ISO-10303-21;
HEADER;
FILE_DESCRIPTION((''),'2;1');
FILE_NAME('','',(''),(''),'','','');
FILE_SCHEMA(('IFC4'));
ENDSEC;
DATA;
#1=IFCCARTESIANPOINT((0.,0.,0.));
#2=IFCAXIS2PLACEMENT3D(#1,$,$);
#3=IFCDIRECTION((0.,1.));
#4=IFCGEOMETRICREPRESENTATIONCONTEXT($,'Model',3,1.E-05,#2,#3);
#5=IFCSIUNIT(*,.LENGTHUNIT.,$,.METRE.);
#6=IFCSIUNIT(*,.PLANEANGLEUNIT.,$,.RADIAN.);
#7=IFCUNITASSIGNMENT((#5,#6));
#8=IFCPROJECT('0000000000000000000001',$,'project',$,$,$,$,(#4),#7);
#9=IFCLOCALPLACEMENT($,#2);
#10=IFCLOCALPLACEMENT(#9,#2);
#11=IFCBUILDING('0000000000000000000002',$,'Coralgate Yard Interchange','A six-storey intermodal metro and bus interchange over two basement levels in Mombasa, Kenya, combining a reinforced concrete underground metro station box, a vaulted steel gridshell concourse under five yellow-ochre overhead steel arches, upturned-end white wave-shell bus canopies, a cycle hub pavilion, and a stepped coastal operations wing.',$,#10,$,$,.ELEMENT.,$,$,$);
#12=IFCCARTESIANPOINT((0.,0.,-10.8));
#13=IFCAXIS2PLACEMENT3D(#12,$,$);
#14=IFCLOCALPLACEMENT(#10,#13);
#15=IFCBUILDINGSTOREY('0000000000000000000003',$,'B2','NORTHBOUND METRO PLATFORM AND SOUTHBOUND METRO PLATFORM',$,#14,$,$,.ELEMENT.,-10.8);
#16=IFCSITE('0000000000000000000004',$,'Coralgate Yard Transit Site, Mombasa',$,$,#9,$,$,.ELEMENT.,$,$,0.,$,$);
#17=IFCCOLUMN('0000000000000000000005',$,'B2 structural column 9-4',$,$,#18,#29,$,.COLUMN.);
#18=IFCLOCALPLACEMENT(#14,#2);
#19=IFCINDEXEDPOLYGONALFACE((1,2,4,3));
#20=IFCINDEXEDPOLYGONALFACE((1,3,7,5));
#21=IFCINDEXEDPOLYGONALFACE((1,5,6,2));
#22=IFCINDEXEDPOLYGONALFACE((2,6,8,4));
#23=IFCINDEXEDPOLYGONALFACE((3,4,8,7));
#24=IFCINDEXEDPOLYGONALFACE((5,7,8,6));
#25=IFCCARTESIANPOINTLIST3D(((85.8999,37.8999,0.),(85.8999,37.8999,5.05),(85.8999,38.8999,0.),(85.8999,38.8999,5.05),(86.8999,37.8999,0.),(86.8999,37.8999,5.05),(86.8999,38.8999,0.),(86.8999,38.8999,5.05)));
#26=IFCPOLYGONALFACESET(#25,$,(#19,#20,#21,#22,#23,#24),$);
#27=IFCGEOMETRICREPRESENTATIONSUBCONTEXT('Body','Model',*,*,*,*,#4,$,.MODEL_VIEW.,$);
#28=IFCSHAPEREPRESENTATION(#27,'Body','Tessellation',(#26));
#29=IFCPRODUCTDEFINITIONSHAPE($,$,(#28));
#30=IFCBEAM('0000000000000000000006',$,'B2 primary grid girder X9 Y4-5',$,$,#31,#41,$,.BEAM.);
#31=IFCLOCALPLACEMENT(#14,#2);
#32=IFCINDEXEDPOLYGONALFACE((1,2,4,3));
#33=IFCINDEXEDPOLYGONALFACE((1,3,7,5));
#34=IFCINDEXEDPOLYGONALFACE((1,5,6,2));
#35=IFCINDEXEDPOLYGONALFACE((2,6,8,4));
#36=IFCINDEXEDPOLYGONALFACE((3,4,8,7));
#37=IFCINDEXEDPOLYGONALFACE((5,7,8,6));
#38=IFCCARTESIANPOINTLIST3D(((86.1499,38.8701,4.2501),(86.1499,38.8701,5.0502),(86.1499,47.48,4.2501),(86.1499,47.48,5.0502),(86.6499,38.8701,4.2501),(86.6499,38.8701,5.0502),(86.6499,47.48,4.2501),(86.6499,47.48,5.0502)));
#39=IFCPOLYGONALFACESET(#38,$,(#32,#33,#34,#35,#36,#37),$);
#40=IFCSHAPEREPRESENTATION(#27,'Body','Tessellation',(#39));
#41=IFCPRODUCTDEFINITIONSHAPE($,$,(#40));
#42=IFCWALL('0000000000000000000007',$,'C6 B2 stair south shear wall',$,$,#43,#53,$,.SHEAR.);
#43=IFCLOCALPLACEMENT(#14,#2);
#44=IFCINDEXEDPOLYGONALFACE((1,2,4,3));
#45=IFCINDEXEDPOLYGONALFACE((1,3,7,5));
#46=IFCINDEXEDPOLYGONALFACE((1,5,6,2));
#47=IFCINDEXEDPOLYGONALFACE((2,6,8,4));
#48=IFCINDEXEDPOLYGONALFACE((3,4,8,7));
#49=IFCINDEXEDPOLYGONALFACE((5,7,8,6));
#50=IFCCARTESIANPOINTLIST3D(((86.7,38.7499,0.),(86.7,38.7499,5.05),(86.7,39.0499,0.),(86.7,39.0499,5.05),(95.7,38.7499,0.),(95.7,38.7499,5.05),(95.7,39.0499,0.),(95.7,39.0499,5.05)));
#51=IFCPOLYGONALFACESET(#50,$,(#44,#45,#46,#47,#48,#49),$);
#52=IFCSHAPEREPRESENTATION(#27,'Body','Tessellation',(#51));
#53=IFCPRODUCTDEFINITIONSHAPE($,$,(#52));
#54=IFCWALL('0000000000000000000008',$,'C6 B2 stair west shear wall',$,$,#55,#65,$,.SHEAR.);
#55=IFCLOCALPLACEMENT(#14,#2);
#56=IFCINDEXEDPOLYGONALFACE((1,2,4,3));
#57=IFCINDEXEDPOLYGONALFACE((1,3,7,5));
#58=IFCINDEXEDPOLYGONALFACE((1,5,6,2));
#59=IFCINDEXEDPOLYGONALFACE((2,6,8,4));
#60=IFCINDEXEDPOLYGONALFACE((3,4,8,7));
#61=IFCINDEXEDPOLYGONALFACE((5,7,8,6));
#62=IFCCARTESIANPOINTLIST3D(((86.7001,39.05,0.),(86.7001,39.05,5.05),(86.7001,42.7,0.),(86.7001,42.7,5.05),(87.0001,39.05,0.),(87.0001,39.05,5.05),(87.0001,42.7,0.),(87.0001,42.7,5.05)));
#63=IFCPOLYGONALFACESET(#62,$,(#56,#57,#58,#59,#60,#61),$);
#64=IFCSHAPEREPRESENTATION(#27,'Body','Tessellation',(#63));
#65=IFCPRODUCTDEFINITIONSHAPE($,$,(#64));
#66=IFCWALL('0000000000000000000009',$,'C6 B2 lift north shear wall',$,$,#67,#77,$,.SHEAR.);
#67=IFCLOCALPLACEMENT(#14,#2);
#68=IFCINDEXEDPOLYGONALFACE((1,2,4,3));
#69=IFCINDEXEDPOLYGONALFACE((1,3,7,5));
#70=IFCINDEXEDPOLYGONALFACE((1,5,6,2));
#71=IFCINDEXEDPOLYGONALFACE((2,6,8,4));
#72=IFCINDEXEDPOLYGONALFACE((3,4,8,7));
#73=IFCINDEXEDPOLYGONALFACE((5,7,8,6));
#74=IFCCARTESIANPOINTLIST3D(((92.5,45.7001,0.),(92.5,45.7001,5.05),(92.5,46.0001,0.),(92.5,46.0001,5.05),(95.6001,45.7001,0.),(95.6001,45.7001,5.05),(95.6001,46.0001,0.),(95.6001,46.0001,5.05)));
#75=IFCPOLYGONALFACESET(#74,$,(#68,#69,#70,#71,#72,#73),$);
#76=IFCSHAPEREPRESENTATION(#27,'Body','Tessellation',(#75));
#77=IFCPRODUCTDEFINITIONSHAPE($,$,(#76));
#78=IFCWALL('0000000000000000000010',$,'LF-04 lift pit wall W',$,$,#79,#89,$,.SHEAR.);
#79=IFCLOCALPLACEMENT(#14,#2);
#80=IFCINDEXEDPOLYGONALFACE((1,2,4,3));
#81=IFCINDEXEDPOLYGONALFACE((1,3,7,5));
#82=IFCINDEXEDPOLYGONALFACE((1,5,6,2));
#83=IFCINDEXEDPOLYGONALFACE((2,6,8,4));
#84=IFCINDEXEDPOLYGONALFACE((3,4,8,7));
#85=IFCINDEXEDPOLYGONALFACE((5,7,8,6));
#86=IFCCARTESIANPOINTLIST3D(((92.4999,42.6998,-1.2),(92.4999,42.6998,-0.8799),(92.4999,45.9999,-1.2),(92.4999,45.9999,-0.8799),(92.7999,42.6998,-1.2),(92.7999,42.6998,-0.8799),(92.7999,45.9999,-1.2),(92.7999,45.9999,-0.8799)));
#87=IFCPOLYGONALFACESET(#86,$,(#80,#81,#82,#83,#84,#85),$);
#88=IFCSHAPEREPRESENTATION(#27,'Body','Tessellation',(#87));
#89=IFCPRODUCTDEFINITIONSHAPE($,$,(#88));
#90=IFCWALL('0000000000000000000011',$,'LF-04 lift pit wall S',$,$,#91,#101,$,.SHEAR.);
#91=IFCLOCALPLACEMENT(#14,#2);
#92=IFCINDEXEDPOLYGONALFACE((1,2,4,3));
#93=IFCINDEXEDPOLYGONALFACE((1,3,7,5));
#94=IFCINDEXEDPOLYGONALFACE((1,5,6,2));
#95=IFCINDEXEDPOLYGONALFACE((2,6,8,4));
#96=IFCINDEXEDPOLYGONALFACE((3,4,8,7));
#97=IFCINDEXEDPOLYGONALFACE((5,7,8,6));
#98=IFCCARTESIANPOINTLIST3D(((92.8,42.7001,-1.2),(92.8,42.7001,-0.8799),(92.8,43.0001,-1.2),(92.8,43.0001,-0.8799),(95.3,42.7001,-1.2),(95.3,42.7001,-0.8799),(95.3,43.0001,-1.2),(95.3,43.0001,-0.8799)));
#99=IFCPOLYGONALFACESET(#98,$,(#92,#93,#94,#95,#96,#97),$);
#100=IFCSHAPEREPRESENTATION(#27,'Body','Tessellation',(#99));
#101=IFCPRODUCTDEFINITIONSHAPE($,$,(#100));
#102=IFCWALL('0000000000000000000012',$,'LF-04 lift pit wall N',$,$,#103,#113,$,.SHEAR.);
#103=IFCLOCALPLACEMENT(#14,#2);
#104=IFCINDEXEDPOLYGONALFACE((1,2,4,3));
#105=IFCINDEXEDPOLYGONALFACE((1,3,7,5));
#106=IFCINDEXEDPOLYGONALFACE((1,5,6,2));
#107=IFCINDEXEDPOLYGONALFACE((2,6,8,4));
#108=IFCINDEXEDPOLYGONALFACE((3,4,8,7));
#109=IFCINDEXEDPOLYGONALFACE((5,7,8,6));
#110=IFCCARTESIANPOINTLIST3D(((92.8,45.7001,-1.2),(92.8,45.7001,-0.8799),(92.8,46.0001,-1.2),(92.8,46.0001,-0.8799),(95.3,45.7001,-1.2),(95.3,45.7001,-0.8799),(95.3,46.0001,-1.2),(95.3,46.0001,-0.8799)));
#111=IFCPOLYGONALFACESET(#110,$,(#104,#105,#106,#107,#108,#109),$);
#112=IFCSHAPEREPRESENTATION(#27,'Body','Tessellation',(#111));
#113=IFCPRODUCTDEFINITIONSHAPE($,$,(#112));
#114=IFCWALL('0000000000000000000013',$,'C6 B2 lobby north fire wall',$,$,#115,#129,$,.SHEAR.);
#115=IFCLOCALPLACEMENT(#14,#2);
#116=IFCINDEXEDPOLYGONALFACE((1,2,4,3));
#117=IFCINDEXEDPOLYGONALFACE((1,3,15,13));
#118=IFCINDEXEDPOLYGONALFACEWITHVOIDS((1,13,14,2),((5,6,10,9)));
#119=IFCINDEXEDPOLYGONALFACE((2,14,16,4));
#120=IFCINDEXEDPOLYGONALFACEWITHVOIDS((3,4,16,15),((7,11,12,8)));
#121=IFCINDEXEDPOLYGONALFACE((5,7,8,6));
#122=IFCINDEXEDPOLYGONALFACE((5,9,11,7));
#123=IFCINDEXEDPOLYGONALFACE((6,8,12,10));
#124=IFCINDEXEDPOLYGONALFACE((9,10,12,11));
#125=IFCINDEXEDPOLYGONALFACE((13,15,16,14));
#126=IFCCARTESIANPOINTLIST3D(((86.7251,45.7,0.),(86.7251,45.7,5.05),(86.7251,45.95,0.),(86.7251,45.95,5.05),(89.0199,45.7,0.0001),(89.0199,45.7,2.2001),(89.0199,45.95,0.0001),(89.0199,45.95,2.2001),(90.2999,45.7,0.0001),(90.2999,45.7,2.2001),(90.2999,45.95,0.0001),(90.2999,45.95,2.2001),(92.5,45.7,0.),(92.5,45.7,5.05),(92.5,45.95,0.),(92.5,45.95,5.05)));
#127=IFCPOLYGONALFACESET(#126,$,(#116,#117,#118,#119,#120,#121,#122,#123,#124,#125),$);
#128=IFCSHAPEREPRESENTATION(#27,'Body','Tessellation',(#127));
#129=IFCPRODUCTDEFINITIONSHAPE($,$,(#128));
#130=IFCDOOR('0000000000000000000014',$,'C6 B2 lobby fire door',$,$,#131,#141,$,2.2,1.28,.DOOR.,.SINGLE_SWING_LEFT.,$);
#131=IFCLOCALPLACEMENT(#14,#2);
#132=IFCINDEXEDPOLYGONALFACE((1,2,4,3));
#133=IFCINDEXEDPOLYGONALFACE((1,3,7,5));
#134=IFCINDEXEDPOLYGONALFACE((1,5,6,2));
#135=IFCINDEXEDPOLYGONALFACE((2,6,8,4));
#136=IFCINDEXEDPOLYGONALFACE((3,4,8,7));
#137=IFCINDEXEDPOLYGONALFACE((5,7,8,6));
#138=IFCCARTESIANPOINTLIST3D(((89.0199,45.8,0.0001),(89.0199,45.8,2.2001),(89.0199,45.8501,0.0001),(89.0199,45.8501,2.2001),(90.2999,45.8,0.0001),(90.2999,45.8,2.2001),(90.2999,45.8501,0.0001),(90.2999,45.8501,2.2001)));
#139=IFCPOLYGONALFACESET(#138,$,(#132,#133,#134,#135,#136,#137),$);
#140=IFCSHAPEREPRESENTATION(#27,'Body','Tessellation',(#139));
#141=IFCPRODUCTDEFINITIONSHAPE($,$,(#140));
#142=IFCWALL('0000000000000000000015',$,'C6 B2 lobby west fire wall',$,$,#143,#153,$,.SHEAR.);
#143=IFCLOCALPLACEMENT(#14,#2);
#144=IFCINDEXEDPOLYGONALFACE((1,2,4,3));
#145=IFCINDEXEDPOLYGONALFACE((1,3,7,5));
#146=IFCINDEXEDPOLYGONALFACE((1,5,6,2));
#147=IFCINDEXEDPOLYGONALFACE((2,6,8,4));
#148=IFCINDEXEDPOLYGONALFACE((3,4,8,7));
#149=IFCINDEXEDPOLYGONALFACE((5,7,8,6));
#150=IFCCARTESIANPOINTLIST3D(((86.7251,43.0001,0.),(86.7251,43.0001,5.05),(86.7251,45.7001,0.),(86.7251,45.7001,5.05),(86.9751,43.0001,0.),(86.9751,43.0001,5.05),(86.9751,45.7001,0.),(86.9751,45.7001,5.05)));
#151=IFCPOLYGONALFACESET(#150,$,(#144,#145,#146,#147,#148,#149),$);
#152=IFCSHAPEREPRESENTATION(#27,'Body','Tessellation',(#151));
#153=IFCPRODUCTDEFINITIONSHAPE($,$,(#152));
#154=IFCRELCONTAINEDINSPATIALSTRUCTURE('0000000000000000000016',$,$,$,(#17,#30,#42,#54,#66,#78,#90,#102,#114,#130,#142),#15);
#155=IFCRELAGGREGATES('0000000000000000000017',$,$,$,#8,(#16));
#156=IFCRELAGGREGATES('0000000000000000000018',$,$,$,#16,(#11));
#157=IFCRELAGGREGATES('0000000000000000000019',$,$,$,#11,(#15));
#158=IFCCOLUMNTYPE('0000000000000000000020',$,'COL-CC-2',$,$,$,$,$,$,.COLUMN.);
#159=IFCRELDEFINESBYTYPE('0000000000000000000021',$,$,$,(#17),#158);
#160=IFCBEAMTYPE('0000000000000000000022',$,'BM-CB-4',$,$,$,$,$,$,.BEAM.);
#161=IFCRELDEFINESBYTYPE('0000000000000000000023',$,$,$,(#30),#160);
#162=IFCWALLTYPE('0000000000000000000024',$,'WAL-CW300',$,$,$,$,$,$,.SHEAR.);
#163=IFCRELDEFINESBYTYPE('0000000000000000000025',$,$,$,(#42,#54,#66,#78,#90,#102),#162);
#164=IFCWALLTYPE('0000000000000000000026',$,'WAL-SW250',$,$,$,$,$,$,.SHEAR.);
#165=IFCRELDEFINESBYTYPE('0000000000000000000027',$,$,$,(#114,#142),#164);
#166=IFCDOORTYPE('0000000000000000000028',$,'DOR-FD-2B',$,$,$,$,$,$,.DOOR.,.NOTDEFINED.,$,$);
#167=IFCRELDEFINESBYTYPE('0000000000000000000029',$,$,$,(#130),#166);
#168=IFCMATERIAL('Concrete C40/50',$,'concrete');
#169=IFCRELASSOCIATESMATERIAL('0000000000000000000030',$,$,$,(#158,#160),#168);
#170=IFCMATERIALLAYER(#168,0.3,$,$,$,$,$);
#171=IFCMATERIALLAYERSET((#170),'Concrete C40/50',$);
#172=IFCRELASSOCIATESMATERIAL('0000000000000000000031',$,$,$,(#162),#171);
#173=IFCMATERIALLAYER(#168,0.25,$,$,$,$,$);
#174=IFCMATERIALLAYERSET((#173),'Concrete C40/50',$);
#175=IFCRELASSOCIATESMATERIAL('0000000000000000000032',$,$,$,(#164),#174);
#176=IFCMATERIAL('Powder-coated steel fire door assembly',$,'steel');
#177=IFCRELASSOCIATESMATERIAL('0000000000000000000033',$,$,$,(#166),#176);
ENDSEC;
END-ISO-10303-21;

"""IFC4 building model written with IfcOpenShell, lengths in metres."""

from ifc_helpers import new_model, si_unit, direction, frame, frame_2d, origin, origin_2d, place, context, subcontext, project, spatial, rectangle, extrude, material, layer, layer_set, material_profile, profile_set, type_object, element, fill, save


model = new_model("IFC4")

# Units and contexts
model_context = context("Model", 3, precision=1e-05, world=origin(), true_north=direction((0.0, 1.0)))
body_context = subcontext(model_context, "Body", "Model", "MODEL_VIEW")
ifc_project = project(units=[si_unit("LENGTHUNIT", "METRE"), si_unit("PLANEANGLEUNIT", "RADIAN")], contexts=[model_context])

# Site, building, storey
site_placement = place(None, origin())
site = spatial("IfcSite", under=ifc_project, at=site_placement, Name="Coralgate Yard Transit Site, Mombasa", CompositionType="ELEMENT", RefElevation=0.0)
building_placement = place(site_placement, origin())
building = spatial("IfcBuilding", under=site, at=building_placement, Name="Coralgate Yard Interchange", Description="A six-storey intermodal metro and bus interchange over two basement levels in Mombasa, Kenya, combining a reinforced concrete underground metro station box, a vaulted steel gridshell concourse under five yellow-ochre overhead steel arches, upturned-end white wave-shell bus canopies, a cycle hub pavilion, and a stepped coastal operations wing.", CompositionType="ELEMENT")
storey_placement = place(building_placement, frame((0.0, 0.0, -10.8)))
storey = spatial("IfcBuildingStorey", under=building, at=storey_placement, Name="B2", Description="NORTHBOUND METRO PLATFORM AND SOUTHBOUND METRO PLATFORM", CompositionType="ELEMENT", Elevation=-10.8)

# Column
ifc_material_1 = material(Name="Concrete C40/50", Category="concrete")
ifc_material_profile_1 = material_profile(ifc_material_1, rectangle(XDim=1.0, YDim=1.0, at=origin_2d()), Name="RC 1000x1000")
ifc_profile_set_1 = profile_set([ifc_material_profile_1], Name="Concrete C40/50")
column_type = type_object("IfcColumnType", Name="COL-CC-2", PredefinedType="COLUMN", material=ifc_profile_set_1)
column_placement = place(storey_placement, frame((86.3999, 38.3999, 0.0), z_axis=(0.0, 0.0, 1.0), x_axis=(1.0, 0.0, 0.0)))
element("IfcColumn", 1, at=column_placement, inside=storey, type_object=column_type, Name="B2 structural column 9-4", PredefinedType="COLUMN", context=body_context, shape_type="SweptSolid", body=[
    extrude(rectangle(XDim=1.0, YDim=1.0, at=origin_2d()), origin(), (0.0, 0.0, 1.0), 5.05),
])

# Beam
ifc_material_profile_2 = material_profile(ifc_material_1, rectangle(XDim=0.5, YDim=0.8, at=origin_2d()), Name="RC 500x800")
ifc_profile_set_2 = profile_set([ifc_material_profile_2], Name="Concrete C40/50")
beam_type = type_object("IfcBeamType", Name="BM-CB-4", PredefinedType="BEAM", material=ifc_profile_set_2)
beam_placement = place(storey_placement, frame((86.3999, 38.8701, 4.6501), z_axis=(0.0, 1.0, 0.0), x_axis=(-1.0, 0.0, 0.0)))
element("IfcBeam", 2, at=beam_placement, inside=storey, type_object=beam_type, Name="B2 primary grid girder X9 Y4-5", PredefinedType="BEAM", context=body_context, shape_type="SweptSolid", body=[
    extrude(rectangle(XDim=0.5, YDim=0.8, at=origin_2d()), origin(), (0.0, 0.0, 1.0), 8.6099),
])

# Walls
ifc_layer_1 = layer(ifc_material_1, 0.3)
ifc_layer_set_1 = layer_set([ifc_layer_1], Name="Concrete C40/50")
wall_type_1 = type_object("IfcWallType", Name="WAL-CW300", PredefinedType="SHEAR", material=ifc_layer_set_1)
wall_1_placement = place(storey_placement, frame((86.7, 38.8999, 0.0), z_axis=(0.0, 0.0, 1.0), x_axis=(1.0, 0.0, 0.0)))
element("IfcWall", 3, at=wall_1_placement, inside=storey, type_object=wall_type_1, Name="C6 B2 stair south shear wall", PredefinedType="SHEAR", context=body_context, shape_type="SweptSolid", body=[
    extrude(rectangle(XDim=9.0, YDim=0.3, at=frame_2d((4.5, 0.0))), origin(), (0.0, 0.0, 1.0), 5.05),
])
wall_2_placement = place(storey_placement, frame((86.8501, 39.05, 0.0), z_axis=(0.0, 0.0, 1.0), x_axis=(0.0, 1.0, 0.0)))
element("IfcWall", 4, at=wall_2_placement, inside=storey, type_object=wall_type_1, Name="C6 B2 stair west shear wall", PredefinedType="SHEAR", context=body_context, shape_type="SweptSolid", body=[
    extrude(rectangle(XDim=3.6499, YDim=0.3, at=frame_2d((1.825, 0.0))), origin(), (0.0, 0.0, 1.0), 5.05),
])

# Walls
wall_3_placement = place(storey_placement, frame((92.5, 45.8501, 0.0), z_axis=(0.0, 0.0, 1.0), x_axis=(1.0, 0.0, 0.0)))
element("IfcWall", 5, at=wall_3_placement, inside=storey, type_object=wall_type_1, Name="C6 B2 lift north shear wall", PredefinedType="SHEAR", context=body_context, shape_type="SweptSolid", body=[
    extrude(rectangle(XDim=3.1001, YDim=0.3, at=frame_2d((1.55, 0.0))), origin(), (0.0, 0.0, 1.0), 5.05),
])
wall_4_placement = place(storey_placement, frame((92.6499, 42.7, -1.2), z_axis=(0.0, 0.0, 1.0), x_axis=(0.0, 1.0, 0.0)))
element("IfcWall", 6, at=wall_4_placement, inside=storey, type_object=wall_type_1, Name="LF-04 lift pit wall W", PredefinedType="SHEAR", context=body_context, shape_type="SweptSolid", body=[
    extrude(rectangle(XDim=3.3, YDim=0.3, at=frame_2d((1.6499, 0.0))), origin(), (0.0, 0.0, 1.0), 0.3201),
])
for number, where, z_axis, x_axis, name in (
    (7, (92.8, 42.8501, -1.2), (0.0, 0.0, 1.0), (1.0, 0.0, 0.0), "LF-04 lift pit wall S"),
    (8, (92.8, 45.8501, -1.2), (0.0, 0.0, 1.0), (1.0, 0.0, 0.0), "LF-04 lift pit wall N"),
):
    element("IfcWall", number, at=place(storey_placement, frame(where, z_axis=z_axis, x_axis=x_axis)), inside=storey, type_object=wall_type_1, Name=name, PredefinedType="SHEAR", context=body_context, shape_type="SweptSolid", body=[
        extrude(rectangle(XDim=2.5, YDim=0.3, at=frame_2d((1.25, 0.0))), origin(), (0.0, 0.0, 1.0), 0.3201),
    ])

# Wall, opening, door
ifc_layer_2 = layer(ifc_material_1, 0.25)
ifc_layer_set_2 = layer_set([ifc_layer_2], Name="Concrete C40/50")
wall_type_2 = type_object("IfcWallType", Name="WAL-SW250", PredefinedType="SHEAR", material=ifc_layer_set_2)
wall_5_placement = place(storey_placement, frame((92.5, 45.825, 0.0), z_axis=(0.0, 0.0, 1.0), x_axis=(-1.0, 0.0, 0.0)))
wall_5 = element("IfcWall", 9, at=wall_5_placement, inside=storey, type_object=wall_type_2, Name="C6 B2 lobby north fire wall", PredefinedType="SHEAR", context=body_context, shape_type="SweptSolid", body=[
    extrude(rectangle(XDim=5.7749, YDim=0.25, at=frame_2d((2.8875, 0.0))), origin(), (0.0, 0.0, 1.0), 5.05),
])
opening_1_placement = place(wall_5_placement, frame((2.2, 0.0, 0.0)))
opening_1 = element("IfcOpeningElement", 10, at=opening_1_placement, cuts=wall_5, PredefinedType="OPENING", context=body_context, shape_type="SweptSolid", body=[
    extrude(rectangle(XDim=1.28, YDim=2.2, at=frame_2d((0.6401, 1.1001))), frame((0.0, 0.135, 0.0), z_axis=(0.0, -1.0, 0.0), x_axis=(1.0, 0.0, 0.0)), (0.0, 0.0, 1.0), 0.27),
])
ifc_material_2 = material(Name="Powder-coated steel fire door assembly", Category="steel")
door_type_1 = type_object("IfcDoorType", Name="DOR-FD-2B", OperationType="NOTDEFINED", PredefinedType="DOOR", material=ifc_material_2)
door_1_placement = place(opening_1_placement, origin())
door_1 = element("IfcDoor", 11, at=door_1_placement, inside=storey, type_object=door_type_1, Name="C6 B2 lobby fire door", OperationType="SINGLE_SWING_LEFT", OverallHeight=2.2, OverallWidth=1.28, PredefinedType="DOOR", context=body_context, shape_type="SweptSolid", body=[
    extrude(rectangle(XDim=1.28, YDim=2.2, at=frame_2d((0.6401, 1.1001))), frame((0.0, 0.0249, 0.0), z_axis=(0.0, -1.0, 0.0), x_axis=(1.0, 0.0, 0.0)), (0.0, 0.0, 1.0), 0.05),
])
fill(opening_1, door_1)

# Wall
wall_6_placement = place(storey_placement, frame((86.8501, 43.0, 0.0), z_axis=(0.0, 0.0, 1.0), x_axis=(0.0, 1.0, 0.0)))
element("IfcWall", 12, at=wall_6_placement, inside=storey, type_object=wall_type_2, Name="C6 B2 lobby west fire wall", PredefinedType="SHEAR", context=body_context, shape_type="SweptSolid", body=[
    extrude(rectangle(XDim=2.7, YDim=0.25, at=frame_2d((1.3501, 0.0))), origin(), (0.0, 0.0, 1.0), 5.05),
])

save(model, "model.ifc")
